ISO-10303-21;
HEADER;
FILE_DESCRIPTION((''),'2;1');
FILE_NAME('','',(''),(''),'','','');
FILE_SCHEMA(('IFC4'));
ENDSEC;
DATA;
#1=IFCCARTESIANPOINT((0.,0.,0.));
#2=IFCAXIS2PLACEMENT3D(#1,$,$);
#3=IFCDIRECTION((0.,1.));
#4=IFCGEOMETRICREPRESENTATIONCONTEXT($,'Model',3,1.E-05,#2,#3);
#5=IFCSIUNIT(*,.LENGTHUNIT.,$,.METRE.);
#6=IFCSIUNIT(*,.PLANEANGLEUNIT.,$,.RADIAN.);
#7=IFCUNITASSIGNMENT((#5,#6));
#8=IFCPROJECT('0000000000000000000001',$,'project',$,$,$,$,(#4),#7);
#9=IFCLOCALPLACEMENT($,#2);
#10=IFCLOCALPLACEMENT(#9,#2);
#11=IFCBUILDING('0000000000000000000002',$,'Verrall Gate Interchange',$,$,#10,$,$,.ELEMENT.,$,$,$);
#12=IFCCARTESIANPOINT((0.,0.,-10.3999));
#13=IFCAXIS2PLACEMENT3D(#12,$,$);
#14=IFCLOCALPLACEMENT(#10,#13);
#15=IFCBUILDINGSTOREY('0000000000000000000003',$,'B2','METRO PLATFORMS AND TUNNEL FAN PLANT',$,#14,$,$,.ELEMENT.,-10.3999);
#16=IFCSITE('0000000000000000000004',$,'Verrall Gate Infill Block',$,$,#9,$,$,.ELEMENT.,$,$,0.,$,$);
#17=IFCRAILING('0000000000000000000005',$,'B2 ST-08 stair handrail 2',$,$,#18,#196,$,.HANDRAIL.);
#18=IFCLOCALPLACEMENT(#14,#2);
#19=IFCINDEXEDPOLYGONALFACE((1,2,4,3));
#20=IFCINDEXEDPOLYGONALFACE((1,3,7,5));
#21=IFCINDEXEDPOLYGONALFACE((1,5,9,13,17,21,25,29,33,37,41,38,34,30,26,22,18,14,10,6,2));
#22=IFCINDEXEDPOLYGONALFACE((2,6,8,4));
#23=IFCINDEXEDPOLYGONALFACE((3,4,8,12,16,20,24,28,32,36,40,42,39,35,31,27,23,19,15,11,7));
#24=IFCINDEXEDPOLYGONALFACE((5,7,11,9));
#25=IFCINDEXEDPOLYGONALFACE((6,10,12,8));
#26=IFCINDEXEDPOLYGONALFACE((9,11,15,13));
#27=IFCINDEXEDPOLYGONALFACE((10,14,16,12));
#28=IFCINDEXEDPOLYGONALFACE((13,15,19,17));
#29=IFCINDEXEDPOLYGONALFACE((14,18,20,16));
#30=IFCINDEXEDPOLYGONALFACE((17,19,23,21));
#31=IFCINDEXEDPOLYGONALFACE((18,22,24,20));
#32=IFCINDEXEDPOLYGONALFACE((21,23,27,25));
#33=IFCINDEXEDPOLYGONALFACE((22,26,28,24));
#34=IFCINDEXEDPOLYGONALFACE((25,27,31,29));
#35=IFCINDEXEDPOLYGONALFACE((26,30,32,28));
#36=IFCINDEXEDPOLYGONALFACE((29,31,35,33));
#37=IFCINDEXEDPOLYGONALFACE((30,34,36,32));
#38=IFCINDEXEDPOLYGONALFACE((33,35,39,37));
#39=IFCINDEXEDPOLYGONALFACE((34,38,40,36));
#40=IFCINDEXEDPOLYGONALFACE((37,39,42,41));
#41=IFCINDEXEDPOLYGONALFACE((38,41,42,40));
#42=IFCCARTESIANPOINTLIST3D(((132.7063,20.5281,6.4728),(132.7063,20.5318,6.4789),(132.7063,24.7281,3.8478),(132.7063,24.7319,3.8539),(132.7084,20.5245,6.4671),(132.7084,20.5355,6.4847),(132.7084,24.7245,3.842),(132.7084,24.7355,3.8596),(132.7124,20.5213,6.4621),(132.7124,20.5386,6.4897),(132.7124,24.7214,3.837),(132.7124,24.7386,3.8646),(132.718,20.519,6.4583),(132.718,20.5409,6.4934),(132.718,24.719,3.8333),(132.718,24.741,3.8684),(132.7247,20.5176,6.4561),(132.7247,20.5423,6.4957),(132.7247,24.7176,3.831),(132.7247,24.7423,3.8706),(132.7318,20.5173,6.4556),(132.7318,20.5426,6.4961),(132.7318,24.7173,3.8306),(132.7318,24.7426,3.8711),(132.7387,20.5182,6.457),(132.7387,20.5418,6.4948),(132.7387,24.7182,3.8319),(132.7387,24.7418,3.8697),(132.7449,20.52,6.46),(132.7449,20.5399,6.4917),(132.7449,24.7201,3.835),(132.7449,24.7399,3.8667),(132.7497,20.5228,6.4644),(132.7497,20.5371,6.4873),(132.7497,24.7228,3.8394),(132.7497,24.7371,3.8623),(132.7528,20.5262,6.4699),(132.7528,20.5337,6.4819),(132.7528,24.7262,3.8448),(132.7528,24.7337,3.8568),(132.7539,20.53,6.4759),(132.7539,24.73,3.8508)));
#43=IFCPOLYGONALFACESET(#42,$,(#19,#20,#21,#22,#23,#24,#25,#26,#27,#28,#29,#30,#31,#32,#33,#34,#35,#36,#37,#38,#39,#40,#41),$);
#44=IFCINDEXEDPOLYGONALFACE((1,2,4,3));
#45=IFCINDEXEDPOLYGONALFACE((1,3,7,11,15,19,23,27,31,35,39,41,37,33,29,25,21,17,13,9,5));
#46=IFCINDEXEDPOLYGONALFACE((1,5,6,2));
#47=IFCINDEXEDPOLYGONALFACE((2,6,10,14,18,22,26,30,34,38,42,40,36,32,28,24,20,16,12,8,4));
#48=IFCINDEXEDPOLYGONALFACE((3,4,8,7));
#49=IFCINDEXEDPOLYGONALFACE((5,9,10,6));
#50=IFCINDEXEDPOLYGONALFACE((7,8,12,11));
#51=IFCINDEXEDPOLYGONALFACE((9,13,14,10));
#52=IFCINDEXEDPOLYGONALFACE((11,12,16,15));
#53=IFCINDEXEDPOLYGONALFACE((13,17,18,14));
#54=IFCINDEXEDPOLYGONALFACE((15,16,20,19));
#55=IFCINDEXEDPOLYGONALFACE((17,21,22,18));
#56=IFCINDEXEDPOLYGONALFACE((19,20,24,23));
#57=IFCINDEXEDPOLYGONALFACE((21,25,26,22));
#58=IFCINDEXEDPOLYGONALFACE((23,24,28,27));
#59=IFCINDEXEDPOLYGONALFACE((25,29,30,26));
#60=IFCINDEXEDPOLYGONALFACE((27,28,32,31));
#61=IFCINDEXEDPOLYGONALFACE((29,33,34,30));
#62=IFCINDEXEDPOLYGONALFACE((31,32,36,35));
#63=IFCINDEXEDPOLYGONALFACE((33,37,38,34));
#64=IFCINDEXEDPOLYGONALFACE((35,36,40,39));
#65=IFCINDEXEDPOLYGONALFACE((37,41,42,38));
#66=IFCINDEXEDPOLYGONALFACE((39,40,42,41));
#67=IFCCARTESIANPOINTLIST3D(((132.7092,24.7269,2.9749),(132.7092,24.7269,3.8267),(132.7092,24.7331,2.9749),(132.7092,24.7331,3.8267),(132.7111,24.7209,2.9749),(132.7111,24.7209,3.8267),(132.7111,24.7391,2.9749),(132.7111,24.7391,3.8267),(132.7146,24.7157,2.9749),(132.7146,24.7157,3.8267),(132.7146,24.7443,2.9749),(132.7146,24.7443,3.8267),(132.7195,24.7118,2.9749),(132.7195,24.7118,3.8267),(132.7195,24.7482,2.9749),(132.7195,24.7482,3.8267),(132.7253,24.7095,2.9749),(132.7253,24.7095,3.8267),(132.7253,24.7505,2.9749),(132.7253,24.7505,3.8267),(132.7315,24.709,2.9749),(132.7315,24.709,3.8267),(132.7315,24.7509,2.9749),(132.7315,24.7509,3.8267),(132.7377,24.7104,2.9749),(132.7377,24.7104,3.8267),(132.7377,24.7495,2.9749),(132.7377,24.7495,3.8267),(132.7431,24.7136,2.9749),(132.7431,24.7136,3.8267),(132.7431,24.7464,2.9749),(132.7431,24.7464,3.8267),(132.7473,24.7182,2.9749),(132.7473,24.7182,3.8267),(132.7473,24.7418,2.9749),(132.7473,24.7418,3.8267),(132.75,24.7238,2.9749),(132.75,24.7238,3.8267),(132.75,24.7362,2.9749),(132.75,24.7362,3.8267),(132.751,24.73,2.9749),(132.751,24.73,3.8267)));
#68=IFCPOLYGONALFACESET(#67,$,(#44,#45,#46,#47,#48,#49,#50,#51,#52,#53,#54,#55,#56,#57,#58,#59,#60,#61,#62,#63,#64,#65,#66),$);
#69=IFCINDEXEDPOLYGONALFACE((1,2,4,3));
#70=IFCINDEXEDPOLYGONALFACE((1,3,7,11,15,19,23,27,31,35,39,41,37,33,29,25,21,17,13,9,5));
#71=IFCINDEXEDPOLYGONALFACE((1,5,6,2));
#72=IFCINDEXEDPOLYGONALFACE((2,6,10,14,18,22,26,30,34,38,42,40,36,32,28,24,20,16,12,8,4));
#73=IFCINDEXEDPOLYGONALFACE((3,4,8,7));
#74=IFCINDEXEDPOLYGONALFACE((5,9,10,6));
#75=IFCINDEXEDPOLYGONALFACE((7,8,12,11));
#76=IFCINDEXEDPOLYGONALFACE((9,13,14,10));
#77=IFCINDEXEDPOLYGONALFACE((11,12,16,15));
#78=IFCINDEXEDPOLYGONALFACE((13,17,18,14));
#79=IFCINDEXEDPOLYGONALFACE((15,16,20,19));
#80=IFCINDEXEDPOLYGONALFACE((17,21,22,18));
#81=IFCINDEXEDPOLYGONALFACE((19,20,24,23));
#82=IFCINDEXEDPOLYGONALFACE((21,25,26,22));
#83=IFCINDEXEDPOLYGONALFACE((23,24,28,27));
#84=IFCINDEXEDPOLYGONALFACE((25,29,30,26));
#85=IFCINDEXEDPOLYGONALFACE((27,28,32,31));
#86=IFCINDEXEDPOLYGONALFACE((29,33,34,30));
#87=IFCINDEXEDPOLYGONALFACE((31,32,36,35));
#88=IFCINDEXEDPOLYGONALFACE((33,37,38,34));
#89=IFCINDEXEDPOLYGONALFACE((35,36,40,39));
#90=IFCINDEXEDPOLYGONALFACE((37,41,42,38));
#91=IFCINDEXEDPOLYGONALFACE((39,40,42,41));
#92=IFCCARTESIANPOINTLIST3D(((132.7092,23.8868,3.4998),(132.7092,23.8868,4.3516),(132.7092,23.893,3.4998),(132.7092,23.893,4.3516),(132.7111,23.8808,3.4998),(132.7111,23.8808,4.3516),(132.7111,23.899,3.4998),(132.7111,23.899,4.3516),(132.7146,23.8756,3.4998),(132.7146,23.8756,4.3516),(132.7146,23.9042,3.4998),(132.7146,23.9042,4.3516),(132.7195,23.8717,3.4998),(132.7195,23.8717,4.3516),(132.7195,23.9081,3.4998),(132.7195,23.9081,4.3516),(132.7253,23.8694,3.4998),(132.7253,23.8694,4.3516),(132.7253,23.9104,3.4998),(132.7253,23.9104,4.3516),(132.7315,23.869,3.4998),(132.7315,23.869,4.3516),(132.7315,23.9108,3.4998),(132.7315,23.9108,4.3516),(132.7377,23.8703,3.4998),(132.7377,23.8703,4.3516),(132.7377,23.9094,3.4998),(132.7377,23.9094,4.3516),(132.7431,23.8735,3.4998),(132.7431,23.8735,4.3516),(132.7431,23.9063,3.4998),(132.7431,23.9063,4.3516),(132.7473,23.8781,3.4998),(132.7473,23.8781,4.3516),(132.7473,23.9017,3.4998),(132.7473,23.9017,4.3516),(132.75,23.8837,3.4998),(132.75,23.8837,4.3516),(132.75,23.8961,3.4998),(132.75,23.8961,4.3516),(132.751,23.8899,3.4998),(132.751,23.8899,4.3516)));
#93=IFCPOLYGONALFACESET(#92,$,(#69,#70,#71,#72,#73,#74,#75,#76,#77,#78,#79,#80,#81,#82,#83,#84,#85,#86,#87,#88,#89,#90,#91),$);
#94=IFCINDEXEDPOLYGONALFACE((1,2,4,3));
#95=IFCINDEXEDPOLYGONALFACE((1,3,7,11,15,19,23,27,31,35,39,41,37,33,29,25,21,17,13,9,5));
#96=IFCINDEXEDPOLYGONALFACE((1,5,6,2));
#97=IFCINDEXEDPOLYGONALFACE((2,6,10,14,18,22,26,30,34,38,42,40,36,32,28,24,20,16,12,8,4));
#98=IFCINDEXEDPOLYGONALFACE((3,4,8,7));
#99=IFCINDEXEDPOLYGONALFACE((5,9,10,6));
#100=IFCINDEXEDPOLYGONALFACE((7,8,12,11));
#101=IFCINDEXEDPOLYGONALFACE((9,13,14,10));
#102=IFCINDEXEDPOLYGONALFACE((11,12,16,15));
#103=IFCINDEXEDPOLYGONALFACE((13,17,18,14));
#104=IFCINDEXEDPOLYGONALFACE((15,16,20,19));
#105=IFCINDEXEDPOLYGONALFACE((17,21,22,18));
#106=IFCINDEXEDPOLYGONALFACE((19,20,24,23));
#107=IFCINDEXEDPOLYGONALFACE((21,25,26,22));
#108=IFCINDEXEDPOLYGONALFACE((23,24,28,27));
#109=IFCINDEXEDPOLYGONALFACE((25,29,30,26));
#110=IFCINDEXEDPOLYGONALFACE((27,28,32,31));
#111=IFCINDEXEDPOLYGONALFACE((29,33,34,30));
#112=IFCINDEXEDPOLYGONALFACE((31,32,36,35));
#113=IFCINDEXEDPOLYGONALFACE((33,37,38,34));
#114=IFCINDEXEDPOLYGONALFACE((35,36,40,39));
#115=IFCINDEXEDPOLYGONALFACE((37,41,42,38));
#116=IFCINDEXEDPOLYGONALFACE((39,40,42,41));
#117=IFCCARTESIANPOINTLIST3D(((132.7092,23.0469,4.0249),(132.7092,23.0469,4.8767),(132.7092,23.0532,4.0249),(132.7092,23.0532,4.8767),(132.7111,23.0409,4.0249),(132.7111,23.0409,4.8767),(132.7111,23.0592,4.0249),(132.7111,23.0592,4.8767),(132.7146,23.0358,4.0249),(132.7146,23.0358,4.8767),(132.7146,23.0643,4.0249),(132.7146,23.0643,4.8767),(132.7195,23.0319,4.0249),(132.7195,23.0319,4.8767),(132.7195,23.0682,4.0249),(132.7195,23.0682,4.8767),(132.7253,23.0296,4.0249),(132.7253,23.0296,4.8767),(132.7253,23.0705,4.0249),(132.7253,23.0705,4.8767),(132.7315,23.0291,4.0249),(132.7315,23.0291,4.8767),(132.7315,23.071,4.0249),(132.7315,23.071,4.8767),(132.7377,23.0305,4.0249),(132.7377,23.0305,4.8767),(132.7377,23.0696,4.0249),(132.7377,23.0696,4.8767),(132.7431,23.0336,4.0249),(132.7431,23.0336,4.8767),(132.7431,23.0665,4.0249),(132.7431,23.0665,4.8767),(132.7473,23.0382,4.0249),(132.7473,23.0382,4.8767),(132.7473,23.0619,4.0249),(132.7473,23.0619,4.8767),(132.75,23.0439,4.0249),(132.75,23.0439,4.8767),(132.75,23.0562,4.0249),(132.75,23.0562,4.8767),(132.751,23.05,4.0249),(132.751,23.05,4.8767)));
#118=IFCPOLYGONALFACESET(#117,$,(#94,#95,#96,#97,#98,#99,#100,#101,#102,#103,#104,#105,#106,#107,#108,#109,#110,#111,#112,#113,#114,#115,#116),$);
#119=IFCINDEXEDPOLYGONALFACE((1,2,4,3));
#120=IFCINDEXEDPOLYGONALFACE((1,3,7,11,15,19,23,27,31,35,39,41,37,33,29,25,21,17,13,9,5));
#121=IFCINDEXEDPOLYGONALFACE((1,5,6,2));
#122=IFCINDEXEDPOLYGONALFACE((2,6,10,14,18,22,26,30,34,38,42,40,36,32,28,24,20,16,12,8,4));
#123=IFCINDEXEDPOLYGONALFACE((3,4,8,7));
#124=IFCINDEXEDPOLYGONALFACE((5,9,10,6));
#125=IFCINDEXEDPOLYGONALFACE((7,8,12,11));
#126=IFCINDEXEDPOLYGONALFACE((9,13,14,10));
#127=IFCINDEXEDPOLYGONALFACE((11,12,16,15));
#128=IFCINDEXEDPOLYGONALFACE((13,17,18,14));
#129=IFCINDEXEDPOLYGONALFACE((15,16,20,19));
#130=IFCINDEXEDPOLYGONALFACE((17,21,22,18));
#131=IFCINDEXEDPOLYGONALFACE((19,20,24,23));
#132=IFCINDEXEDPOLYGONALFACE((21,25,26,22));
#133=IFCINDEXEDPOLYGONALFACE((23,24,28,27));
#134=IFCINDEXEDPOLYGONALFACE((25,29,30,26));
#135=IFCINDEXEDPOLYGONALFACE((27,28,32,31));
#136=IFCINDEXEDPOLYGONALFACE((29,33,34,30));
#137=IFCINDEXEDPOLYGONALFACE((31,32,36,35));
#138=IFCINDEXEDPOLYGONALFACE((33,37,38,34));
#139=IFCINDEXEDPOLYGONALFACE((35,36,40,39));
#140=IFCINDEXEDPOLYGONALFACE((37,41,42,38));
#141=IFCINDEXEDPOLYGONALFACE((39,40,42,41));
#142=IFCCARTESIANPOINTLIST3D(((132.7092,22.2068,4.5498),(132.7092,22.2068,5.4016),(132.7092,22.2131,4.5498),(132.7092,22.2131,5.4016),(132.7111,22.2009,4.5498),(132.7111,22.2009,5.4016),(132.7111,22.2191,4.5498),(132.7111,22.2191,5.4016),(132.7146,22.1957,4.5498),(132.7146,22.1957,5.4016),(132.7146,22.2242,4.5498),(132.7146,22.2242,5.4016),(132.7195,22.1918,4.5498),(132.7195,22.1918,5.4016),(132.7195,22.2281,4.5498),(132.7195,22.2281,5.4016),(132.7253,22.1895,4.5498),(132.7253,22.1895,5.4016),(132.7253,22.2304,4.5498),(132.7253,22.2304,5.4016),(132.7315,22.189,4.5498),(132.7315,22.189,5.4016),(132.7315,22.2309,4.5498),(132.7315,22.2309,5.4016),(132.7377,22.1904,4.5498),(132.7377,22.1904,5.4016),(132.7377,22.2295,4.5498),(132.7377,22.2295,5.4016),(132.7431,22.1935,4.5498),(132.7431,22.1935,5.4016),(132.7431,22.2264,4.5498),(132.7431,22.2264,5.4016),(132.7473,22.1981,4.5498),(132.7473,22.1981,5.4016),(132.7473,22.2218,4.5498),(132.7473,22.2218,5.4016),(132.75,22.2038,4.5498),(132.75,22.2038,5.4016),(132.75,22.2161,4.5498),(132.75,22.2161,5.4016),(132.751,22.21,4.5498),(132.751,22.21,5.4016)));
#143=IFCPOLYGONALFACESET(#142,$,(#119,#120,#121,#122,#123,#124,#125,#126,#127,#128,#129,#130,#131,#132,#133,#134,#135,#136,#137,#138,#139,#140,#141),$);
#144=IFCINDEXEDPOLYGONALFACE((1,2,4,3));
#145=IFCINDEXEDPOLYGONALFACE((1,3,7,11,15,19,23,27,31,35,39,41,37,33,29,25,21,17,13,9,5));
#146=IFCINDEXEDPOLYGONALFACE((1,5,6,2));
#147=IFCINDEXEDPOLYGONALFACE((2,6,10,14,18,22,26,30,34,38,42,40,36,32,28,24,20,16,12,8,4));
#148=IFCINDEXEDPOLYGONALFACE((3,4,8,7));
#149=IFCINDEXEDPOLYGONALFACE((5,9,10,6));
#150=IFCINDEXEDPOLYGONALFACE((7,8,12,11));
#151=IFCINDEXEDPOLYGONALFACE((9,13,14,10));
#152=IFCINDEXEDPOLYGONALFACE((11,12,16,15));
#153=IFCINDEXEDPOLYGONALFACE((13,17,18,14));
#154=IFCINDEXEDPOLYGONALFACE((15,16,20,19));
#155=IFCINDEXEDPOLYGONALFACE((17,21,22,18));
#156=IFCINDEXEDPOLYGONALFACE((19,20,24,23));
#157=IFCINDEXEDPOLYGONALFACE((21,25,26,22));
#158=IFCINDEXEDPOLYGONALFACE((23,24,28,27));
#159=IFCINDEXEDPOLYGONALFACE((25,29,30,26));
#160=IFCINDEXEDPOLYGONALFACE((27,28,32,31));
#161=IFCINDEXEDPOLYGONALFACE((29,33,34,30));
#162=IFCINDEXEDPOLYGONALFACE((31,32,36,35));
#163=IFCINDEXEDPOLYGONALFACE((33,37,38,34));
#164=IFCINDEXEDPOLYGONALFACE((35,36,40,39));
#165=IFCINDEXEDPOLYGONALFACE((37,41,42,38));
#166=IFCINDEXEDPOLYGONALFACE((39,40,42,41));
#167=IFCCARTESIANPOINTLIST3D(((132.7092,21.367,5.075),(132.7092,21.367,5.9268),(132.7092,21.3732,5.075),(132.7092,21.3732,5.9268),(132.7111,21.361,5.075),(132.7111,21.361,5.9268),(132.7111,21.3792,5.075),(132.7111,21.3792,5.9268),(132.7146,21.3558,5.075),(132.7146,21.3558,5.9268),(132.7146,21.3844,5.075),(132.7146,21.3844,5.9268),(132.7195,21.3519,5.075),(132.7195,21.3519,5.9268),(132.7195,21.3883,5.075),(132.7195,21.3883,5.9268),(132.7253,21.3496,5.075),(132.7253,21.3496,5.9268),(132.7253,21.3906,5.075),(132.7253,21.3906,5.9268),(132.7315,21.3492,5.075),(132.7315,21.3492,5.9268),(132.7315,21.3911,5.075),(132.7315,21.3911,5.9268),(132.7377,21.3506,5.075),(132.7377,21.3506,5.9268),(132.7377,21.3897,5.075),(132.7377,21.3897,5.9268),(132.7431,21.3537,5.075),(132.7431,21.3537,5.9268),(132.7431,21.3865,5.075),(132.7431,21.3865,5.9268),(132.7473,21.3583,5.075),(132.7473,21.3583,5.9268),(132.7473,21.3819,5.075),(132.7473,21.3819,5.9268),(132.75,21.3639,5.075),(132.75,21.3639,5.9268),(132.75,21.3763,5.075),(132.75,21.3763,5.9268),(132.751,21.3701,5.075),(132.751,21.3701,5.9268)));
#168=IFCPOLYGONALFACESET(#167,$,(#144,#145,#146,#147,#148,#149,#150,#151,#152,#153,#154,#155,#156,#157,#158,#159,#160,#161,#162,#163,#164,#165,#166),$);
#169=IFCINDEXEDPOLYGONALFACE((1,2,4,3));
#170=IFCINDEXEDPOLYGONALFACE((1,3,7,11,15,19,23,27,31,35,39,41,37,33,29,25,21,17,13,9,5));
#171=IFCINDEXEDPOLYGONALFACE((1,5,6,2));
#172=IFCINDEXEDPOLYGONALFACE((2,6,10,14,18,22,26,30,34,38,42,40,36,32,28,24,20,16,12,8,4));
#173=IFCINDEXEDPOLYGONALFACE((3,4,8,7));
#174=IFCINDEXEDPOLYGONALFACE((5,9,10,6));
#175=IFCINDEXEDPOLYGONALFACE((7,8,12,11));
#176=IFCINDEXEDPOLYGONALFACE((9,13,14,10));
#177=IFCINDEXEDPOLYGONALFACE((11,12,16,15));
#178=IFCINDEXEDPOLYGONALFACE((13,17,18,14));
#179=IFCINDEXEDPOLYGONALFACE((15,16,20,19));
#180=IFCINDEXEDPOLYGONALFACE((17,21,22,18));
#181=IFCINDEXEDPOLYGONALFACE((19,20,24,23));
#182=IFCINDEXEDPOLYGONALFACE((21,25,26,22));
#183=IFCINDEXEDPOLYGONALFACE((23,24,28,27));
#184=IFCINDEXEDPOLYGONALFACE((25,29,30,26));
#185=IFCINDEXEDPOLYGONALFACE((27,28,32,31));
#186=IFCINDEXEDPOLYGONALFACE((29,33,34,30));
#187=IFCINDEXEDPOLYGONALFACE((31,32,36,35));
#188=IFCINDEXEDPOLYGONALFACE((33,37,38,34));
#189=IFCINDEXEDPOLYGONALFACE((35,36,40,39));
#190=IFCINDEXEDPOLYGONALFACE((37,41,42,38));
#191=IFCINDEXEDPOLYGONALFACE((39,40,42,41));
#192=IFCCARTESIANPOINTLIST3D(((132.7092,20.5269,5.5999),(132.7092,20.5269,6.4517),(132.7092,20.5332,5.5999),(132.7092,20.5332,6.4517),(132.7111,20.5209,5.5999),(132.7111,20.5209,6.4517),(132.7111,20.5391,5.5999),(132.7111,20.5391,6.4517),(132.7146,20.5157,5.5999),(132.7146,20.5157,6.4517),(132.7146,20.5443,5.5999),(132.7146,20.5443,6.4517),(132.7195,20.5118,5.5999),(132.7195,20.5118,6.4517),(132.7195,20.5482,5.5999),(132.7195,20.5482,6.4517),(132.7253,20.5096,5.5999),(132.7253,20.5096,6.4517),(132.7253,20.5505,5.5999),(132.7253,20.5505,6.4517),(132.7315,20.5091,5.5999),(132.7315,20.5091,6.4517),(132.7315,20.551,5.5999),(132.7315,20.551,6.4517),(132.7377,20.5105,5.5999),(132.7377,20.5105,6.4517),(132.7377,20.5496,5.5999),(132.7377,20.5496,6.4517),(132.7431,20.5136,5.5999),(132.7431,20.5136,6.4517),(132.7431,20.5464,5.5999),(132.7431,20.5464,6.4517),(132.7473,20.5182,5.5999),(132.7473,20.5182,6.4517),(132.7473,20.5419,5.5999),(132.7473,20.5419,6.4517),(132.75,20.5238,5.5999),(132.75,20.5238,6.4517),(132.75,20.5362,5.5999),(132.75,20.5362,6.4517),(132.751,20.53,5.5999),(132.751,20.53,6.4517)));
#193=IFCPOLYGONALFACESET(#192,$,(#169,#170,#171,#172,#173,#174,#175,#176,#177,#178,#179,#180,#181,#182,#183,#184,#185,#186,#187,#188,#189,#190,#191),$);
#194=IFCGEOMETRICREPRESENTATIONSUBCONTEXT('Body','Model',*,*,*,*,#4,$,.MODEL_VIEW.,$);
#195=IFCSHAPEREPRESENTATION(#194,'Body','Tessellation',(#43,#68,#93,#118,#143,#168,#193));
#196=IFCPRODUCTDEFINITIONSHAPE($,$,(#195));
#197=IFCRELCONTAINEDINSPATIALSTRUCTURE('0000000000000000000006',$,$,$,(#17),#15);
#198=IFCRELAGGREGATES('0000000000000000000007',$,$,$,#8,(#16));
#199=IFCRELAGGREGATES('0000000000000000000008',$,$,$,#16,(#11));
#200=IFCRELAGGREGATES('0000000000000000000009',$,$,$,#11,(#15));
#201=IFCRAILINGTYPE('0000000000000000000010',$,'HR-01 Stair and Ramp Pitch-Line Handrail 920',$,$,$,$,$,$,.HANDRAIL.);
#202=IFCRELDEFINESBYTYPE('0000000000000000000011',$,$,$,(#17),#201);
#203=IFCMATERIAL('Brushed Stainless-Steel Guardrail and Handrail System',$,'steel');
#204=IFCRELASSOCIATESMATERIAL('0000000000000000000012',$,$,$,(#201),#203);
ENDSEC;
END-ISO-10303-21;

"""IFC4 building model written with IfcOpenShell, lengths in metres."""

from ifc_helpers import new_model, si_unit, direction, frame, origin, origin_2d, place, context, subcontext, project, spatial, circle, extrude, material, type_object, element, save


model = new_model("IFC4")

# Units and contexts
model_context = context("Model", 3, precision=1e-05, world=origin(), true_north=direction((0.0, 1.0)))
body_context = subcontext(model_context, "Body", "Model", "MODEL_VIEW")
ifc_project = project(units=[si_unit("LENGTHUNIT", "METRE"), si_unit("PLANEANGLEUNIT", "RADIAN")], contexts=[model_context])

# Site, building, storey
site_placement = place(None, origin())
site = spatial("IfcSite", under=ifc_project, at=site_placement, Name="Verrall Gate Infill Block", CompositionType="ELEMENT", RefElevation=0.0)
building_placement = place(site_placement, origin())
building = spatial("IfcBuilding", under=site, at=building_placement, Name="Verrall Gate Interchange", CompositionType="ELEMENT")
storey_placement = place(building_placement, frame((0.0, 0.0, -10.3999)))
storey = spatial("IfcBuildingStorey", under=building, at=storey_placement, Name="B2", Description="METRO PLATFORMS AND TUNNEL FAN PLANT", CompositionType="ELEMENT", Elevation=-10.3999)

# Railing
ifc_material_1 = material(Name="Brushed Stainless-Steel Guardrail and Handrail System", Category="steel")
railing_type_1 = type_object("IfcRailingType", Name="HR-01 Stair and Ramp Pitch-Line Handrail 920", PredefinedType="HANDRAIL", material=ifc_material_1)
railing_1_placement = place(storey_placement, frame((132.73, 24.73, 2.9749)))
element("IfcRailing", 1, at=railing_1_placement, inside=storey, type_object=railing_type_1, Name="B2 ST-08 stair handrail 2", PredefinedType="HANDRAIL", context=body_context, shape_type="SweptSolid", body=[
    extrude(circle(Radius=0.0239, at=origin_2d()), frame((0.0, 0.0, 0.876), z_axis=(0.0, -0.847996, 0.530003), x_axis=(1.0, 0.0, 0.0)), (0.0, 0.0, 1.0), 4.9529),
    extrude(circle(Radius=0.021, at=origin_2d()), origin(), (0.0, 0.0, 1.0), 0.8518),
    extrude(circle(Radius=0.021, at=origin_2d()), frame((0.0, -0.8401, 0.5249)), (0.0, 0.0, 1.0), 0.8518),
    extrude(circle(Radius=0.021, at=origin_2d()), frame((0.0, -1.6799, 1.05)), (0.0, 0.0, 1.0), 0.8518),
    extrude(circle(Radius=0.021, at=origin_2d()), frame((0.0, -2.52, 1.575)), (0.0, 0.0, 1.0), 0.8518),
    extrude(circle(Radius=0.021, at=origin_2d()), frame((0.0, -3.3599, 2.1001)), (0.0, 0.0, 1.0), 0.8518),
    extrude(circle(Radius=0.021, at=origin_2d()), frame((0.0, -4.2, 2.625)), (0.0, 0.0, 1.0), 0.8518),
])

save(model, "model.ifc")
